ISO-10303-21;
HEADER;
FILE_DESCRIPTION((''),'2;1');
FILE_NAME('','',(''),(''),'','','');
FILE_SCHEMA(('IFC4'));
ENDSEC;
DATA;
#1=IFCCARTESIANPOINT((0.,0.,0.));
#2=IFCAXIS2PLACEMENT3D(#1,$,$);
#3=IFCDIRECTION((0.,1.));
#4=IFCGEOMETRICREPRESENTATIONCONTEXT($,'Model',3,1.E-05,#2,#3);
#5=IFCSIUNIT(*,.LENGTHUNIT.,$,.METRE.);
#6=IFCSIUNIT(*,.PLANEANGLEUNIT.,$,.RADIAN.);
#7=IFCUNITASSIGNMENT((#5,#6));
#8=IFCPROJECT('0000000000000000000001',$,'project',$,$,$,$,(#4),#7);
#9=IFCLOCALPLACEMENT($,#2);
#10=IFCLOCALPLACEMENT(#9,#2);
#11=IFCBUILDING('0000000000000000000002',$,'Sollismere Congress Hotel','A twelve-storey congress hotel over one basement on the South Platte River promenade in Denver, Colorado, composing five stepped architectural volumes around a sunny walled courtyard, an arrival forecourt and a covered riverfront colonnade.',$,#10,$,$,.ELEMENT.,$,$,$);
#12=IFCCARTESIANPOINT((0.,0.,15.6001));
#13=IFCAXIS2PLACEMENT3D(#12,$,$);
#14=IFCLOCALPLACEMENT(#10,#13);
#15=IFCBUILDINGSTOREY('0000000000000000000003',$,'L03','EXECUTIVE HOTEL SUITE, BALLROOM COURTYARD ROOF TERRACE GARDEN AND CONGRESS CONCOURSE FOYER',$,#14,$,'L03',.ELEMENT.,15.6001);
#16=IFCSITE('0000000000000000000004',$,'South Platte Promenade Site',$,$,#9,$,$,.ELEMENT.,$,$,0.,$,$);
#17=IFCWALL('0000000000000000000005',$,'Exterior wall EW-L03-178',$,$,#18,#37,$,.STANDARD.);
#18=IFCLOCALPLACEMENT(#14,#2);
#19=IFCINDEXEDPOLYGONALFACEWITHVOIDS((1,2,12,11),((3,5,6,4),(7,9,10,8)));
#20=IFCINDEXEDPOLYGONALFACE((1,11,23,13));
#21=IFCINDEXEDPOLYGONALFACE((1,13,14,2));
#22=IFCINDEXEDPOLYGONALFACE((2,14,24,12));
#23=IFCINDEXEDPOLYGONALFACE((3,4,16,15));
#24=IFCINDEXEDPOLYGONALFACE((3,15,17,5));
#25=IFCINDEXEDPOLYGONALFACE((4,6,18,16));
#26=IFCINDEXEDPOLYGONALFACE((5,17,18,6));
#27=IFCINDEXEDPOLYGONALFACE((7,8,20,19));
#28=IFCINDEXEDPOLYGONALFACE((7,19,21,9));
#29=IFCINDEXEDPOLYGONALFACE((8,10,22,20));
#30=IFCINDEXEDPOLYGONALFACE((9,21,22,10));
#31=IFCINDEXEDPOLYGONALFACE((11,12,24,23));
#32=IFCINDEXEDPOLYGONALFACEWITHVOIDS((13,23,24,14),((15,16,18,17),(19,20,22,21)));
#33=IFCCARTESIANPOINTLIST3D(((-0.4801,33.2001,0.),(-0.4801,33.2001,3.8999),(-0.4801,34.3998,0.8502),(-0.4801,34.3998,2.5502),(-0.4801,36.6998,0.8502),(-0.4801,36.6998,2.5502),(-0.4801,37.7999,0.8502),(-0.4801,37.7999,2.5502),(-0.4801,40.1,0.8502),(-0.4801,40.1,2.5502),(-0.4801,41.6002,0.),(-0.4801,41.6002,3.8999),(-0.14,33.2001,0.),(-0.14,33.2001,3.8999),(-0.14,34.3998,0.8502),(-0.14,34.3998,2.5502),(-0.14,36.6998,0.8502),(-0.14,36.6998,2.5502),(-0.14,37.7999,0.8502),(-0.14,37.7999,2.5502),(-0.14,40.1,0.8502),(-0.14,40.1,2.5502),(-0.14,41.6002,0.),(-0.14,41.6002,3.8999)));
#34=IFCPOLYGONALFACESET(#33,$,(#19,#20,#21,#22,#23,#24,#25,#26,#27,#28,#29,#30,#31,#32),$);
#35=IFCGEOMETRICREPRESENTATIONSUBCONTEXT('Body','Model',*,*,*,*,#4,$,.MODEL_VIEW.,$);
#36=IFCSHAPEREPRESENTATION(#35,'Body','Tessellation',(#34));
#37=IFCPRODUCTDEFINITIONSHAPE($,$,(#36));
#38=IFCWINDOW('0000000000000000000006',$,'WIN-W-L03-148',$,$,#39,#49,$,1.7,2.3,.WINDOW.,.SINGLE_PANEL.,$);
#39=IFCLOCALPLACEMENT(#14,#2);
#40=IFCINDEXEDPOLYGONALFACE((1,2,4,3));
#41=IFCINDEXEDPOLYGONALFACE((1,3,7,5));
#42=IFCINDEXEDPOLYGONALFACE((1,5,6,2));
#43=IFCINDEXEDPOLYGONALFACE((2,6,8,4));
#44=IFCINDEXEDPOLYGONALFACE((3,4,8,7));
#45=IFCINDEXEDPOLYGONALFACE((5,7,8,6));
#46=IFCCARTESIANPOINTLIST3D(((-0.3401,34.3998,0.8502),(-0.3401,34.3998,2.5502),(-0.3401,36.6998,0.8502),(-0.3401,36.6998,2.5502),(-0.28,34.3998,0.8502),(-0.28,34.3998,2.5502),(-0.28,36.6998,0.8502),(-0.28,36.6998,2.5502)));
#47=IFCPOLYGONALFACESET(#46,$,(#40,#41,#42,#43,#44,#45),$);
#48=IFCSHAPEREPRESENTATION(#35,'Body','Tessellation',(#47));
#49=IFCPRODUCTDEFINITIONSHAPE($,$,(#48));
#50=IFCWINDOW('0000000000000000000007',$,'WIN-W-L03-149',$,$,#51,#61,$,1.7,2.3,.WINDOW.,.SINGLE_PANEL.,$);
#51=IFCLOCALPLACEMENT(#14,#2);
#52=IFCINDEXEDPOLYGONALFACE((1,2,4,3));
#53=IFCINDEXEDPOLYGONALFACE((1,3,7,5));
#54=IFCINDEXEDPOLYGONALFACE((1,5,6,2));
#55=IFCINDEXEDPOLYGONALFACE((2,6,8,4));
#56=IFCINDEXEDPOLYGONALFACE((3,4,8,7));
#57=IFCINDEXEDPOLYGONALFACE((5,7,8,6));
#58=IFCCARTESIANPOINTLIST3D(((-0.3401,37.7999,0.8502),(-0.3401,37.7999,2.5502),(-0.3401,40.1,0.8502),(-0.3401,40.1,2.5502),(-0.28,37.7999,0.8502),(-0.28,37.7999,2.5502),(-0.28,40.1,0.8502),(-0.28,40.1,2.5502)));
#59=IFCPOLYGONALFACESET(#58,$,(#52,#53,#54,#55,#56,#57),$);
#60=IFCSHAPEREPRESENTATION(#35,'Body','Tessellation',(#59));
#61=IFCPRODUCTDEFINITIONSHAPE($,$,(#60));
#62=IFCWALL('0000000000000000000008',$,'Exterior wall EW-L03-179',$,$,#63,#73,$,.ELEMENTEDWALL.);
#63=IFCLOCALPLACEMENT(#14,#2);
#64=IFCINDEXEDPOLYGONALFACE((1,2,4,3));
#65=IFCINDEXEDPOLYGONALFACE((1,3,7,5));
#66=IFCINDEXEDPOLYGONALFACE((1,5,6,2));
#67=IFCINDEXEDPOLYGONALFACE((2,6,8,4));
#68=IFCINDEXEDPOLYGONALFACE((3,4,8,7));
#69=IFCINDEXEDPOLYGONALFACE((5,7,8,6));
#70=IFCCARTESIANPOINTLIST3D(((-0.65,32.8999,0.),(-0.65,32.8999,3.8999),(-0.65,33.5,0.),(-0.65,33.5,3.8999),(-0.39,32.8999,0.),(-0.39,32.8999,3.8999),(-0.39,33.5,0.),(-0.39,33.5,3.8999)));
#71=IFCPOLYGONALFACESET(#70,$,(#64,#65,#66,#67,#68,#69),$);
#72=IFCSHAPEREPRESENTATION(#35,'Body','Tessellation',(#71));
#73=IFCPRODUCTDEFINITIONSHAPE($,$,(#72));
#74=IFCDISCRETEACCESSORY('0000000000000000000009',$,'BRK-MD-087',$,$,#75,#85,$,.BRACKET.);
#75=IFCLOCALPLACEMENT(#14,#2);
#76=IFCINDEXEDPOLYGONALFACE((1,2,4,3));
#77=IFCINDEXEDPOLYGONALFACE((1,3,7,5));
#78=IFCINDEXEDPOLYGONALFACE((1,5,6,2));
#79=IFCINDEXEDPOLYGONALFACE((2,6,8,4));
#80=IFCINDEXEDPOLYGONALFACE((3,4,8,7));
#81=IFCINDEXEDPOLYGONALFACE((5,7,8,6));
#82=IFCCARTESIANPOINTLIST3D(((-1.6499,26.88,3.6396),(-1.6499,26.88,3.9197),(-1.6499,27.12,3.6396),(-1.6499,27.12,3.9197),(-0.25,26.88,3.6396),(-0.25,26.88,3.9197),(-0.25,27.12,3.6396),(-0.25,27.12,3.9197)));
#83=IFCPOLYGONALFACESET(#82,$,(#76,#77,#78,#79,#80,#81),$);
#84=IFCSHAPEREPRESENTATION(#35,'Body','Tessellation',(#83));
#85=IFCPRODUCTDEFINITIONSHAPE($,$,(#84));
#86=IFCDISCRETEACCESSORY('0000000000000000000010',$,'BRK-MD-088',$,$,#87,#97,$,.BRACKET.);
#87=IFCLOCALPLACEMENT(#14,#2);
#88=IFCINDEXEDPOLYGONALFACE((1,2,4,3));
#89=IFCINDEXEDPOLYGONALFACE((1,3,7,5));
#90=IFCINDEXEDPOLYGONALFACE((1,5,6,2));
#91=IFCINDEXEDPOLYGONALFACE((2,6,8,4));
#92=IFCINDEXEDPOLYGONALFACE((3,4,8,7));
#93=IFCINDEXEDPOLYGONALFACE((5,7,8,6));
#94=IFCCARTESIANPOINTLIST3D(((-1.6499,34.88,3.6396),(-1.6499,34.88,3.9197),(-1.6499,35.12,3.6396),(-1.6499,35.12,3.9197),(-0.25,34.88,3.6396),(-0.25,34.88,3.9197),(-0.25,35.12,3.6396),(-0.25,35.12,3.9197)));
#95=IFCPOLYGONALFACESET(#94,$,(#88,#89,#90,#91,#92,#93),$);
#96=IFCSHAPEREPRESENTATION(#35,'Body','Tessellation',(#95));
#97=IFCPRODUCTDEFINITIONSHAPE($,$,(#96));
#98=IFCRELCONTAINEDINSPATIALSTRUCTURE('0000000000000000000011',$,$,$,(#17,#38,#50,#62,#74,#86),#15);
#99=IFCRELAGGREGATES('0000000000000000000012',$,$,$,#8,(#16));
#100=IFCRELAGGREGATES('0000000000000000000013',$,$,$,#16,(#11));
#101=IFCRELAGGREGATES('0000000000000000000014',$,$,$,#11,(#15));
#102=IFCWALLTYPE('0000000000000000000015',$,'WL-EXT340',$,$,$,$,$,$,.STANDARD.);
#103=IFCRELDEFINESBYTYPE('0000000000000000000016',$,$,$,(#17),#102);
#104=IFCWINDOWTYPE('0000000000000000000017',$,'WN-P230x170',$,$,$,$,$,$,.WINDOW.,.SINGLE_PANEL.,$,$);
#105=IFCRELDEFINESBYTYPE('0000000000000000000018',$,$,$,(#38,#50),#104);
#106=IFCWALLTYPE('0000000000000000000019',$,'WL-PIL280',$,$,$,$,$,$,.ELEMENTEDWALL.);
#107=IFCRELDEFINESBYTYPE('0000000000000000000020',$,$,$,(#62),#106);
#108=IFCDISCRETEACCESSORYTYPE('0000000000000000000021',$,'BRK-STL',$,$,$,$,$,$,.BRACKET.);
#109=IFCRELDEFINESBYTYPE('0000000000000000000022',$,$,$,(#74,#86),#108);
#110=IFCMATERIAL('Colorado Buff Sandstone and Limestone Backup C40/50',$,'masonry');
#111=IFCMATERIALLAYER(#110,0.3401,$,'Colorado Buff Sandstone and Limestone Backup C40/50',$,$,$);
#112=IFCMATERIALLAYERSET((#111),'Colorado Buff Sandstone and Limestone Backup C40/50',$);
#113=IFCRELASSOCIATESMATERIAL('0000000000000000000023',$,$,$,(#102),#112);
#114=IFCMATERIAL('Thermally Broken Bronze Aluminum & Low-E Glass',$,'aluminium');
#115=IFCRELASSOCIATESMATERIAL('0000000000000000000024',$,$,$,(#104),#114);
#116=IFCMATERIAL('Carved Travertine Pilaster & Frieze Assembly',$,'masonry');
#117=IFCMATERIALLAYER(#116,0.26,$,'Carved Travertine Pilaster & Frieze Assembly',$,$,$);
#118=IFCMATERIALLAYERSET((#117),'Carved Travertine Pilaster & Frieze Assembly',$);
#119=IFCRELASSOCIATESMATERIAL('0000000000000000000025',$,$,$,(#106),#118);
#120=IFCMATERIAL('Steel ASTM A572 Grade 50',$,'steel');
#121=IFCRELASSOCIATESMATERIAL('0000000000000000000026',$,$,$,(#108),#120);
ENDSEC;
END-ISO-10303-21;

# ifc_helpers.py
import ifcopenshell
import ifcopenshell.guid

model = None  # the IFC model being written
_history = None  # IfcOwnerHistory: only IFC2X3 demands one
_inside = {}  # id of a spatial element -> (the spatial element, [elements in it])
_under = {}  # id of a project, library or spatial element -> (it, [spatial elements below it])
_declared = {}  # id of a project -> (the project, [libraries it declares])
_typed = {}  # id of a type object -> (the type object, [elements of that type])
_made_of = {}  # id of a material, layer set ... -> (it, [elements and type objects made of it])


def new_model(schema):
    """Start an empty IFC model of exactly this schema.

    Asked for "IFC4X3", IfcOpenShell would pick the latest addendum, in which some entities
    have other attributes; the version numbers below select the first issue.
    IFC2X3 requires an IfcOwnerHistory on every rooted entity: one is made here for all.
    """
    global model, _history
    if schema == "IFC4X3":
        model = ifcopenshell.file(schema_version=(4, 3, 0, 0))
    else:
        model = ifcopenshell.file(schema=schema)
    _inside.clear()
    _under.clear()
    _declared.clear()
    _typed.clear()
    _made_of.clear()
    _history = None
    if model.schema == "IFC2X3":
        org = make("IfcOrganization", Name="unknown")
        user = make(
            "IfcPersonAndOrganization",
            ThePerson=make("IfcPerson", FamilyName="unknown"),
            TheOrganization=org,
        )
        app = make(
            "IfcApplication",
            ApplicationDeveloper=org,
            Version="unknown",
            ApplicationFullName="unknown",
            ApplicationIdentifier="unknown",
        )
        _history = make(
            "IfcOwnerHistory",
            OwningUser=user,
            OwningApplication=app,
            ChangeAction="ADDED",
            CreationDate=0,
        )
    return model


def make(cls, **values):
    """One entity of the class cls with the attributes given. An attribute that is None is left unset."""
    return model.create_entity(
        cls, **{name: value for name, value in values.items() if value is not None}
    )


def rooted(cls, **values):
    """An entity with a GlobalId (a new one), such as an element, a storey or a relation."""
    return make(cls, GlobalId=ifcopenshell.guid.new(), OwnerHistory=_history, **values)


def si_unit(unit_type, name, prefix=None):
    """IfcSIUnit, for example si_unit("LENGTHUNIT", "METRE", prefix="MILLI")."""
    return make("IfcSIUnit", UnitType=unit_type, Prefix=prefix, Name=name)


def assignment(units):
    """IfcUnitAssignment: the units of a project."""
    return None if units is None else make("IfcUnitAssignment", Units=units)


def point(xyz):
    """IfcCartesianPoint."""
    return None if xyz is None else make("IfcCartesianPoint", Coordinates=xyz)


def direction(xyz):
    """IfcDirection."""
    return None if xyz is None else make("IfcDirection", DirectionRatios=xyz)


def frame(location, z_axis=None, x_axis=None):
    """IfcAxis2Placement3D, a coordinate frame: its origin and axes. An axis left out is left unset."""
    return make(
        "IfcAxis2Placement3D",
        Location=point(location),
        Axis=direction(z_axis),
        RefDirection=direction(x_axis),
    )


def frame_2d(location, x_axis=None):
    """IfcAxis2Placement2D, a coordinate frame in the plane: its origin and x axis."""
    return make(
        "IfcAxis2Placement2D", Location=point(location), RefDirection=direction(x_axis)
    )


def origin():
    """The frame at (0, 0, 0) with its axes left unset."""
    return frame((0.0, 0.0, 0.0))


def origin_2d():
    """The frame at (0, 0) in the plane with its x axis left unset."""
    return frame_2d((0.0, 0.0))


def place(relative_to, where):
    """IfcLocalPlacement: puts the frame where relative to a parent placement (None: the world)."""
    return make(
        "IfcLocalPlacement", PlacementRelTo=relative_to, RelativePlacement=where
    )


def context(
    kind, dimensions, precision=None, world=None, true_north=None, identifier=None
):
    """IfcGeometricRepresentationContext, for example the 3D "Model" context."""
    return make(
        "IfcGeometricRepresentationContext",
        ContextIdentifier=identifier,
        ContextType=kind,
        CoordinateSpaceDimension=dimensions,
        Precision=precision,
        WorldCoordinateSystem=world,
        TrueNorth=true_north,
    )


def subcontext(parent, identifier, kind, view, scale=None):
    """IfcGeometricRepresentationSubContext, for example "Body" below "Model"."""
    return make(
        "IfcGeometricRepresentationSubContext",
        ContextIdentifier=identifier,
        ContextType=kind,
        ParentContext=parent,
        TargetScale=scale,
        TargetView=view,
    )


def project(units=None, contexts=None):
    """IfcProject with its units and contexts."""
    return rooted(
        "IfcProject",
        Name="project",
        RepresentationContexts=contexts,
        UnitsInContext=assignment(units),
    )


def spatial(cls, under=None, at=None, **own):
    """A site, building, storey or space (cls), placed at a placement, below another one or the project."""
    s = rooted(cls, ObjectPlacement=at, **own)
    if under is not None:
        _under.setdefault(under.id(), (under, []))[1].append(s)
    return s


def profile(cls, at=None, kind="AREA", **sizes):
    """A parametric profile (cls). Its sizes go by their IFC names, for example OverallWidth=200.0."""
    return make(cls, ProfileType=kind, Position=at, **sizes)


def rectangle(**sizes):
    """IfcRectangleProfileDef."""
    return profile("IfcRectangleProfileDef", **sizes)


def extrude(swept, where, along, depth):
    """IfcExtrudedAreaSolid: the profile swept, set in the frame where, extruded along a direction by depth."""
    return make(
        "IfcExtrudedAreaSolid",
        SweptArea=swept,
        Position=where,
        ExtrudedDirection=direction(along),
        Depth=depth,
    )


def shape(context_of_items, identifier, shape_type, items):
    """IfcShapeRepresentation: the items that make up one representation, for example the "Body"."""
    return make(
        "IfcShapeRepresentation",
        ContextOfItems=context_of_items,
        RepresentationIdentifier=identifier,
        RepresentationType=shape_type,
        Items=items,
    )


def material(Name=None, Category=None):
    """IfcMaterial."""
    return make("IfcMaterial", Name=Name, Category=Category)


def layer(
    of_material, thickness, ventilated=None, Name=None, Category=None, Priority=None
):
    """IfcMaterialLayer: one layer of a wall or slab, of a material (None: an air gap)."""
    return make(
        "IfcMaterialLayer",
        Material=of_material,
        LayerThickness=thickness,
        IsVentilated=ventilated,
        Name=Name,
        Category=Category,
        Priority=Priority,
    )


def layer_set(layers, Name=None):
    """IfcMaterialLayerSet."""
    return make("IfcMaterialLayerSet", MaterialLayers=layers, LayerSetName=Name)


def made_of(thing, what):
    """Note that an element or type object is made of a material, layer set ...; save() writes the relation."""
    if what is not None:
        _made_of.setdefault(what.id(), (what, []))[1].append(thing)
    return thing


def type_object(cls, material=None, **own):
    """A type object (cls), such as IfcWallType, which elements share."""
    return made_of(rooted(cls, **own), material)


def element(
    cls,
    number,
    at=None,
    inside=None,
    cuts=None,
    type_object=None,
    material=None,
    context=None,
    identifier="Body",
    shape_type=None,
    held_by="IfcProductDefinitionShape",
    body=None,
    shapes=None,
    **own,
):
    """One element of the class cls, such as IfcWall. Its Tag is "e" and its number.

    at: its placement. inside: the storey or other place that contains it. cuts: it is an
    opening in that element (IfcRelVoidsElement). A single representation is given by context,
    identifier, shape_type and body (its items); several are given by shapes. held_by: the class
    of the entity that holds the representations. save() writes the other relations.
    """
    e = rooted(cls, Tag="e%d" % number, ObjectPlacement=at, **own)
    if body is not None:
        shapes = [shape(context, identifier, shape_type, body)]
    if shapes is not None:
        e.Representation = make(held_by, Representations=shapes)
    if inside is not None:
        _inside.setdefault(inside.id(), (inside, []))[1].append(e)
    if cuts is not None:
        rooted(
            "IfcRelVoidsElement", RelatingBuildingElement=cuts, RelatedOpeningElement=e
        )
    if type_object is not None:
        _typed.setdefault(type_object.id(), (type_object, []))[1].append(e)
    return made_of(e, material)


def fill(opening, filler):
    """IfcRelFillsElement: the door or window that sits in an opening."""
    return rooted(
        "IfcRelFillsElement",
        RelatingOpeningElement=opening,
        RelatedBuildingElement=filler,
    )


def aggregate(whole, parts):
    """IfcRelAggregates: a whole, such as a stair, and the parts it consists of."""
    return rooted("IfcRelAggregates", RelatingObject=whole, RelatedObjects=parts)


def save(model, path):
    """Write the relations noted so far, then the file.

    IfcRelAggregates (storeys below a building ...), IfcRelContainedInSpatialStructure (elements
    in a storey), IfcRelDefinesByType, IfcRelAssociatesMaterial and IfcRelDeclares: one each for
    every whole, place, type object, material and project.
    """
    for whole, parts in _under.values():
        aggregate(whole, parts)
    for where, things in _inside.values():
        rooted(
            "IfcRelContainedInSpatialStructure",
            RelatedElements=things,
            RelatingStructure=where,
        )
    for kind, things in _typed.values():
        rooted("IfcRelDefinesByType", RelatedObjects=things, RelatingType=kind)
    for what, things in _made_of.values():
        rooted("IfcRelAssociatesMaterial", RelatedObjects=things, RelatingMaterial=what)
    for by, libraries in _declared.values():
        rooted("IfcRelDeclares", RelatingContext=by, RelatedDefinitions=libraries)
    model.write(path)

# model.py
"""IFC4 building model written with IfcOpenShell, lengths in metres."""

from ifc_helpers import new_model, si_unit, direction, frame, frame_2d, origin, origin_2d, place, context, subcontext, project, spatial, rectangle, extrude, material, layer, layer_set, type_object, element, fill, save


model = new_model("IFC4")

# Units and contexts
model_context = context("Model", 3, precision=1e-05, world=origin(), true_north=direction((0.0, 1.0)))
body_context = subcontext(model_context, "Body", "Model", "MODEL_VIEW")
ifc_project = project(units=[si_unit("LENGTHUNIT", "METRE"), si_unit("PLANEANGLEUNIT", "RADIAN")], contexts=[model_context])

# Site, building, storey
site_placement = place(None, origin())
site = spatial("IfcSite", under=ifc_project, at=site_placement, Name="South Platte Promenade Site", CompositionType="ELEMENT", RefElevation=0.0)
building_placement = place(site_placement, origin())
building = spatial("IfcBuilding", under=site, at=building_placement, Name="Sollismere Congress Hotel", Description="A twelve-storey congress hotel over one basement on the South Platte River promenade in Denver, Colorado, composing five stepped architectural volumes around a sunny walled courtyard, an arrival forecourt and a covered riverfront colonnade.", CompositionType="ELEMENT")
storey_placement = place(building_placement, frame((0.0, 0.0, 15.6001)))
storey = spatial("IfcBuildingStorey", under=building, at=storey_placement, Name="L03", Description="EXECUTIVE HOTEL SUITE, BALLROOM COURTYARD ROOF TERRACE GARDEN AND CONGRESS CONCOURSE FOYER", LongName="L03", CompositionType="ELEMENT", Elevation=15.6001)

# Wall, openings, windows
ifc_material_1 = material(Name="Colorado Buff Sandstone and Limestone Backup C40/50", Category="masonry")
ifc_layer_1 = layer(ifc_material_1, 0.3401, Name="Colorado Buff Sandstone and Limestone Backup C40/50")
ifc_layer_set_1 = layer_set([ifc_layer_1], Name="Colorado Buff Sandstone and Limestone Backup C40/50")
wall_type_1 = type_object("IfcWallType", Name="WL-EXT340", PredefinedType="STANDARD", material=ifc_layer_set_1)
wall_1_placement = place(storey_placement, frame((-0.3101, 33.2, 0.0), z_axis=(0.0, 0.0, 1.0), x_axis=(0.0, 1.0, 0.0)))
wall_1 = element("IfcWall", 1, at=wall_1_placement, inside=storey, type_object=wall_type_1, Name="Exterior wall EW-L03-178", PredefinedType="STANDARD", context=body_context, shape_type="SweptSolid", body=[
    extrude(rectangle(XDim=8.4001, YDim=0.3401, at=frame_2d((4.2002, 0.0))), origin(), (0.0, 0.0, 1.0), 3.8999),
])
opening_1_placement = place(wall_1_placement, frame((1.2, 0.0, 0.8501)))
opening_1 = element("IfcOpeningElement", 2, at=opening_1_placement, cuts=wall_1, PredefinedType="OPENING", context=body_context, shape_type="SweptSolid", body=[
    extrude(rectangle(XDim=2.3, YDim=1.7, at=frame_2d((1.1499, 0.8501))), frame((0.0, 0.1799, 0.0), z_axis=(0.0, -1.0, 0.0), x_axis=(1.0, 0.0, 0.0)), (0.0, 0.0, 1.0), 0.3601),
])
opening_2_placement = place(wall_1_placement, frame((4.6001, 0.0, 0.8501)))
opening_2 = element("IfcOpeningElement", 3, at=opening_2_placement, cuts=wall_1, PredefinedType="OPENING", context=body_context, shape_type="SweptSolid", body=[
    extrude(rectangle(XDim=2.3, YDim=1.7, at=frame_2d((1.1499, 0.8501))), frame((0.0, 0.1799, 0.0), z_axis=(0.0, -1.0, 0.0), x_axis=(1.0, 0.0, 0.0)), (0.0, 0.0, 1.0), 0.3601),
])
ifc_material_2 = material(Name="Thermally Broken Bronze Aluminum & Low-E Glass", Category="aluminium")
window_type = type_object("IfcWindowType", Name="WN-P230x170", PartitioningType="SINGLE_PANEL", PredefinedType="WINDOW", material=ifc_material_2)
window_1_placement = place(opening_1_placement, origin())
window_1 = element("IfcWindow", 4, at=window_1_placement, inside=storey, type_object=window_type, Name="WIN-W-L03-148", OverallHeight=1.7, OverallWidth=2.3, PartitioningType="SINGLE_PANEL", PredefinedType="WINDOW", context=body_context, shape_type="SweptSolid", body=[
    extrude(rectangle(XDim=2.3, YDim=1.7, at=frame_2d((1.1499, 0.8501))), frame((0.0, 0.03, 0.0), z_axis=(0.0, -1.0, 0.0), x_axis=(1.0, 0.0, 0.0)), (0.0, 0.0, 1.0), 0.0601),
])
fill(opening_1, window_1)
window_2_placement = place(opening_2_placement, origin())
window_2 = element("IfcWindow", 5, at=window_2_placement, inside=storey, type_object=window_type, Name="WIN-W-L03-149", OverallHeight=1.7, OverallWidth=2.3, PartitioningType="SINGLE_PANEL", PredefinedType="WINDOW", context=body_context, shape_type="SweptSolid", body=[
    extrude(rectangle(XDim=2.3, YDim=1.7, at=frame_2d((1.1499, 0.8501))), frame((0.0, 0.03, 0.0), z_axis=(0.0, -1.0, 0.0), x_axis=(1.0, 0.0, 0.0)), (0.0, 0.0, 1.0), 0.0601),
])
fill(opening_2, window_2)

# Wall
ifc_material_3 = material(Name="Carved Travertine Pilaster & Frieze Assembly", Category="masonry")
ifc_layer_2 = layer(ifc_material_3, 0.26, Name="Carved Travertine Pilaster & Frieze Assembly")
ifc_layer_set_2 = layer_set([ifc_layer_2], Name="Carved Travertine Pilaster & Frieze Assembly")
wall_type_2 = type_object("IfcWallType", Name="WL-PIL280", PredefinedType="ELEMENTEDWALL", material=ifc_layer_set_2)
wall_2_placement = place(storey_placement, frame((-0.52, 32.8999, 0.0), z_axis=(0.0, 0.0, 1.0), x_axis=(0.0, 1.0, 0.0)))
element("IfcWall", 6, at=wall_2_placement, inside=storey, type_object=wall_type_2, Name="Exterior wall EW-L03-179", PredefinedType="ELEMENTEDWALL", context=body_context, shape_type="SweptSolid", body=[
    extrude(rectangle(XDim=0.6001, YDim=0.26, at=frame_2d((0.3, 0.0))), origin(), (0.0, 0.0, 1.0), 3.8999),
])

# Discrete accessories
ifc_material_4 = material(Name="Steel ASTM A572 Grade 50", Category="steel")
discrete_accessory_type = type_object("IfcDiscreteAccessoryType", Name="BRK-STL", PredefinedType="BRACKET", material=ifc_material_4)
for number, where, z_axis, x_axis, name in (
    (7, (-0.95, 27.0, 3.6396), (0.0, 0.0, 1.0), (1.0, 0.0, 0.0), "BRK-MD-087"),
    (8, (-0.95, 35.0, 3.6396), (0.0, 0.0, 1.0), (1.0, 0.0, 0.0), "BRK-MD-088"),
):
    element("IfcDiscreteAccessory", number, at=place(storey_placement, frame(where, z_axis=z_axis, x_axis=x_axis)), inside=storey, type_object=discrete_accessory_type, Name=name, PredefinedType="BRACKET", context=body_context, shape_type="SweptSolid", body=[
        extrude(rectangle(XDim=1.3999, YDim=0.24, at=origin_2d()), origin(), (0.0, 0.0, 1.0), 0.28),
    ])

save(model, "model.ifc")
